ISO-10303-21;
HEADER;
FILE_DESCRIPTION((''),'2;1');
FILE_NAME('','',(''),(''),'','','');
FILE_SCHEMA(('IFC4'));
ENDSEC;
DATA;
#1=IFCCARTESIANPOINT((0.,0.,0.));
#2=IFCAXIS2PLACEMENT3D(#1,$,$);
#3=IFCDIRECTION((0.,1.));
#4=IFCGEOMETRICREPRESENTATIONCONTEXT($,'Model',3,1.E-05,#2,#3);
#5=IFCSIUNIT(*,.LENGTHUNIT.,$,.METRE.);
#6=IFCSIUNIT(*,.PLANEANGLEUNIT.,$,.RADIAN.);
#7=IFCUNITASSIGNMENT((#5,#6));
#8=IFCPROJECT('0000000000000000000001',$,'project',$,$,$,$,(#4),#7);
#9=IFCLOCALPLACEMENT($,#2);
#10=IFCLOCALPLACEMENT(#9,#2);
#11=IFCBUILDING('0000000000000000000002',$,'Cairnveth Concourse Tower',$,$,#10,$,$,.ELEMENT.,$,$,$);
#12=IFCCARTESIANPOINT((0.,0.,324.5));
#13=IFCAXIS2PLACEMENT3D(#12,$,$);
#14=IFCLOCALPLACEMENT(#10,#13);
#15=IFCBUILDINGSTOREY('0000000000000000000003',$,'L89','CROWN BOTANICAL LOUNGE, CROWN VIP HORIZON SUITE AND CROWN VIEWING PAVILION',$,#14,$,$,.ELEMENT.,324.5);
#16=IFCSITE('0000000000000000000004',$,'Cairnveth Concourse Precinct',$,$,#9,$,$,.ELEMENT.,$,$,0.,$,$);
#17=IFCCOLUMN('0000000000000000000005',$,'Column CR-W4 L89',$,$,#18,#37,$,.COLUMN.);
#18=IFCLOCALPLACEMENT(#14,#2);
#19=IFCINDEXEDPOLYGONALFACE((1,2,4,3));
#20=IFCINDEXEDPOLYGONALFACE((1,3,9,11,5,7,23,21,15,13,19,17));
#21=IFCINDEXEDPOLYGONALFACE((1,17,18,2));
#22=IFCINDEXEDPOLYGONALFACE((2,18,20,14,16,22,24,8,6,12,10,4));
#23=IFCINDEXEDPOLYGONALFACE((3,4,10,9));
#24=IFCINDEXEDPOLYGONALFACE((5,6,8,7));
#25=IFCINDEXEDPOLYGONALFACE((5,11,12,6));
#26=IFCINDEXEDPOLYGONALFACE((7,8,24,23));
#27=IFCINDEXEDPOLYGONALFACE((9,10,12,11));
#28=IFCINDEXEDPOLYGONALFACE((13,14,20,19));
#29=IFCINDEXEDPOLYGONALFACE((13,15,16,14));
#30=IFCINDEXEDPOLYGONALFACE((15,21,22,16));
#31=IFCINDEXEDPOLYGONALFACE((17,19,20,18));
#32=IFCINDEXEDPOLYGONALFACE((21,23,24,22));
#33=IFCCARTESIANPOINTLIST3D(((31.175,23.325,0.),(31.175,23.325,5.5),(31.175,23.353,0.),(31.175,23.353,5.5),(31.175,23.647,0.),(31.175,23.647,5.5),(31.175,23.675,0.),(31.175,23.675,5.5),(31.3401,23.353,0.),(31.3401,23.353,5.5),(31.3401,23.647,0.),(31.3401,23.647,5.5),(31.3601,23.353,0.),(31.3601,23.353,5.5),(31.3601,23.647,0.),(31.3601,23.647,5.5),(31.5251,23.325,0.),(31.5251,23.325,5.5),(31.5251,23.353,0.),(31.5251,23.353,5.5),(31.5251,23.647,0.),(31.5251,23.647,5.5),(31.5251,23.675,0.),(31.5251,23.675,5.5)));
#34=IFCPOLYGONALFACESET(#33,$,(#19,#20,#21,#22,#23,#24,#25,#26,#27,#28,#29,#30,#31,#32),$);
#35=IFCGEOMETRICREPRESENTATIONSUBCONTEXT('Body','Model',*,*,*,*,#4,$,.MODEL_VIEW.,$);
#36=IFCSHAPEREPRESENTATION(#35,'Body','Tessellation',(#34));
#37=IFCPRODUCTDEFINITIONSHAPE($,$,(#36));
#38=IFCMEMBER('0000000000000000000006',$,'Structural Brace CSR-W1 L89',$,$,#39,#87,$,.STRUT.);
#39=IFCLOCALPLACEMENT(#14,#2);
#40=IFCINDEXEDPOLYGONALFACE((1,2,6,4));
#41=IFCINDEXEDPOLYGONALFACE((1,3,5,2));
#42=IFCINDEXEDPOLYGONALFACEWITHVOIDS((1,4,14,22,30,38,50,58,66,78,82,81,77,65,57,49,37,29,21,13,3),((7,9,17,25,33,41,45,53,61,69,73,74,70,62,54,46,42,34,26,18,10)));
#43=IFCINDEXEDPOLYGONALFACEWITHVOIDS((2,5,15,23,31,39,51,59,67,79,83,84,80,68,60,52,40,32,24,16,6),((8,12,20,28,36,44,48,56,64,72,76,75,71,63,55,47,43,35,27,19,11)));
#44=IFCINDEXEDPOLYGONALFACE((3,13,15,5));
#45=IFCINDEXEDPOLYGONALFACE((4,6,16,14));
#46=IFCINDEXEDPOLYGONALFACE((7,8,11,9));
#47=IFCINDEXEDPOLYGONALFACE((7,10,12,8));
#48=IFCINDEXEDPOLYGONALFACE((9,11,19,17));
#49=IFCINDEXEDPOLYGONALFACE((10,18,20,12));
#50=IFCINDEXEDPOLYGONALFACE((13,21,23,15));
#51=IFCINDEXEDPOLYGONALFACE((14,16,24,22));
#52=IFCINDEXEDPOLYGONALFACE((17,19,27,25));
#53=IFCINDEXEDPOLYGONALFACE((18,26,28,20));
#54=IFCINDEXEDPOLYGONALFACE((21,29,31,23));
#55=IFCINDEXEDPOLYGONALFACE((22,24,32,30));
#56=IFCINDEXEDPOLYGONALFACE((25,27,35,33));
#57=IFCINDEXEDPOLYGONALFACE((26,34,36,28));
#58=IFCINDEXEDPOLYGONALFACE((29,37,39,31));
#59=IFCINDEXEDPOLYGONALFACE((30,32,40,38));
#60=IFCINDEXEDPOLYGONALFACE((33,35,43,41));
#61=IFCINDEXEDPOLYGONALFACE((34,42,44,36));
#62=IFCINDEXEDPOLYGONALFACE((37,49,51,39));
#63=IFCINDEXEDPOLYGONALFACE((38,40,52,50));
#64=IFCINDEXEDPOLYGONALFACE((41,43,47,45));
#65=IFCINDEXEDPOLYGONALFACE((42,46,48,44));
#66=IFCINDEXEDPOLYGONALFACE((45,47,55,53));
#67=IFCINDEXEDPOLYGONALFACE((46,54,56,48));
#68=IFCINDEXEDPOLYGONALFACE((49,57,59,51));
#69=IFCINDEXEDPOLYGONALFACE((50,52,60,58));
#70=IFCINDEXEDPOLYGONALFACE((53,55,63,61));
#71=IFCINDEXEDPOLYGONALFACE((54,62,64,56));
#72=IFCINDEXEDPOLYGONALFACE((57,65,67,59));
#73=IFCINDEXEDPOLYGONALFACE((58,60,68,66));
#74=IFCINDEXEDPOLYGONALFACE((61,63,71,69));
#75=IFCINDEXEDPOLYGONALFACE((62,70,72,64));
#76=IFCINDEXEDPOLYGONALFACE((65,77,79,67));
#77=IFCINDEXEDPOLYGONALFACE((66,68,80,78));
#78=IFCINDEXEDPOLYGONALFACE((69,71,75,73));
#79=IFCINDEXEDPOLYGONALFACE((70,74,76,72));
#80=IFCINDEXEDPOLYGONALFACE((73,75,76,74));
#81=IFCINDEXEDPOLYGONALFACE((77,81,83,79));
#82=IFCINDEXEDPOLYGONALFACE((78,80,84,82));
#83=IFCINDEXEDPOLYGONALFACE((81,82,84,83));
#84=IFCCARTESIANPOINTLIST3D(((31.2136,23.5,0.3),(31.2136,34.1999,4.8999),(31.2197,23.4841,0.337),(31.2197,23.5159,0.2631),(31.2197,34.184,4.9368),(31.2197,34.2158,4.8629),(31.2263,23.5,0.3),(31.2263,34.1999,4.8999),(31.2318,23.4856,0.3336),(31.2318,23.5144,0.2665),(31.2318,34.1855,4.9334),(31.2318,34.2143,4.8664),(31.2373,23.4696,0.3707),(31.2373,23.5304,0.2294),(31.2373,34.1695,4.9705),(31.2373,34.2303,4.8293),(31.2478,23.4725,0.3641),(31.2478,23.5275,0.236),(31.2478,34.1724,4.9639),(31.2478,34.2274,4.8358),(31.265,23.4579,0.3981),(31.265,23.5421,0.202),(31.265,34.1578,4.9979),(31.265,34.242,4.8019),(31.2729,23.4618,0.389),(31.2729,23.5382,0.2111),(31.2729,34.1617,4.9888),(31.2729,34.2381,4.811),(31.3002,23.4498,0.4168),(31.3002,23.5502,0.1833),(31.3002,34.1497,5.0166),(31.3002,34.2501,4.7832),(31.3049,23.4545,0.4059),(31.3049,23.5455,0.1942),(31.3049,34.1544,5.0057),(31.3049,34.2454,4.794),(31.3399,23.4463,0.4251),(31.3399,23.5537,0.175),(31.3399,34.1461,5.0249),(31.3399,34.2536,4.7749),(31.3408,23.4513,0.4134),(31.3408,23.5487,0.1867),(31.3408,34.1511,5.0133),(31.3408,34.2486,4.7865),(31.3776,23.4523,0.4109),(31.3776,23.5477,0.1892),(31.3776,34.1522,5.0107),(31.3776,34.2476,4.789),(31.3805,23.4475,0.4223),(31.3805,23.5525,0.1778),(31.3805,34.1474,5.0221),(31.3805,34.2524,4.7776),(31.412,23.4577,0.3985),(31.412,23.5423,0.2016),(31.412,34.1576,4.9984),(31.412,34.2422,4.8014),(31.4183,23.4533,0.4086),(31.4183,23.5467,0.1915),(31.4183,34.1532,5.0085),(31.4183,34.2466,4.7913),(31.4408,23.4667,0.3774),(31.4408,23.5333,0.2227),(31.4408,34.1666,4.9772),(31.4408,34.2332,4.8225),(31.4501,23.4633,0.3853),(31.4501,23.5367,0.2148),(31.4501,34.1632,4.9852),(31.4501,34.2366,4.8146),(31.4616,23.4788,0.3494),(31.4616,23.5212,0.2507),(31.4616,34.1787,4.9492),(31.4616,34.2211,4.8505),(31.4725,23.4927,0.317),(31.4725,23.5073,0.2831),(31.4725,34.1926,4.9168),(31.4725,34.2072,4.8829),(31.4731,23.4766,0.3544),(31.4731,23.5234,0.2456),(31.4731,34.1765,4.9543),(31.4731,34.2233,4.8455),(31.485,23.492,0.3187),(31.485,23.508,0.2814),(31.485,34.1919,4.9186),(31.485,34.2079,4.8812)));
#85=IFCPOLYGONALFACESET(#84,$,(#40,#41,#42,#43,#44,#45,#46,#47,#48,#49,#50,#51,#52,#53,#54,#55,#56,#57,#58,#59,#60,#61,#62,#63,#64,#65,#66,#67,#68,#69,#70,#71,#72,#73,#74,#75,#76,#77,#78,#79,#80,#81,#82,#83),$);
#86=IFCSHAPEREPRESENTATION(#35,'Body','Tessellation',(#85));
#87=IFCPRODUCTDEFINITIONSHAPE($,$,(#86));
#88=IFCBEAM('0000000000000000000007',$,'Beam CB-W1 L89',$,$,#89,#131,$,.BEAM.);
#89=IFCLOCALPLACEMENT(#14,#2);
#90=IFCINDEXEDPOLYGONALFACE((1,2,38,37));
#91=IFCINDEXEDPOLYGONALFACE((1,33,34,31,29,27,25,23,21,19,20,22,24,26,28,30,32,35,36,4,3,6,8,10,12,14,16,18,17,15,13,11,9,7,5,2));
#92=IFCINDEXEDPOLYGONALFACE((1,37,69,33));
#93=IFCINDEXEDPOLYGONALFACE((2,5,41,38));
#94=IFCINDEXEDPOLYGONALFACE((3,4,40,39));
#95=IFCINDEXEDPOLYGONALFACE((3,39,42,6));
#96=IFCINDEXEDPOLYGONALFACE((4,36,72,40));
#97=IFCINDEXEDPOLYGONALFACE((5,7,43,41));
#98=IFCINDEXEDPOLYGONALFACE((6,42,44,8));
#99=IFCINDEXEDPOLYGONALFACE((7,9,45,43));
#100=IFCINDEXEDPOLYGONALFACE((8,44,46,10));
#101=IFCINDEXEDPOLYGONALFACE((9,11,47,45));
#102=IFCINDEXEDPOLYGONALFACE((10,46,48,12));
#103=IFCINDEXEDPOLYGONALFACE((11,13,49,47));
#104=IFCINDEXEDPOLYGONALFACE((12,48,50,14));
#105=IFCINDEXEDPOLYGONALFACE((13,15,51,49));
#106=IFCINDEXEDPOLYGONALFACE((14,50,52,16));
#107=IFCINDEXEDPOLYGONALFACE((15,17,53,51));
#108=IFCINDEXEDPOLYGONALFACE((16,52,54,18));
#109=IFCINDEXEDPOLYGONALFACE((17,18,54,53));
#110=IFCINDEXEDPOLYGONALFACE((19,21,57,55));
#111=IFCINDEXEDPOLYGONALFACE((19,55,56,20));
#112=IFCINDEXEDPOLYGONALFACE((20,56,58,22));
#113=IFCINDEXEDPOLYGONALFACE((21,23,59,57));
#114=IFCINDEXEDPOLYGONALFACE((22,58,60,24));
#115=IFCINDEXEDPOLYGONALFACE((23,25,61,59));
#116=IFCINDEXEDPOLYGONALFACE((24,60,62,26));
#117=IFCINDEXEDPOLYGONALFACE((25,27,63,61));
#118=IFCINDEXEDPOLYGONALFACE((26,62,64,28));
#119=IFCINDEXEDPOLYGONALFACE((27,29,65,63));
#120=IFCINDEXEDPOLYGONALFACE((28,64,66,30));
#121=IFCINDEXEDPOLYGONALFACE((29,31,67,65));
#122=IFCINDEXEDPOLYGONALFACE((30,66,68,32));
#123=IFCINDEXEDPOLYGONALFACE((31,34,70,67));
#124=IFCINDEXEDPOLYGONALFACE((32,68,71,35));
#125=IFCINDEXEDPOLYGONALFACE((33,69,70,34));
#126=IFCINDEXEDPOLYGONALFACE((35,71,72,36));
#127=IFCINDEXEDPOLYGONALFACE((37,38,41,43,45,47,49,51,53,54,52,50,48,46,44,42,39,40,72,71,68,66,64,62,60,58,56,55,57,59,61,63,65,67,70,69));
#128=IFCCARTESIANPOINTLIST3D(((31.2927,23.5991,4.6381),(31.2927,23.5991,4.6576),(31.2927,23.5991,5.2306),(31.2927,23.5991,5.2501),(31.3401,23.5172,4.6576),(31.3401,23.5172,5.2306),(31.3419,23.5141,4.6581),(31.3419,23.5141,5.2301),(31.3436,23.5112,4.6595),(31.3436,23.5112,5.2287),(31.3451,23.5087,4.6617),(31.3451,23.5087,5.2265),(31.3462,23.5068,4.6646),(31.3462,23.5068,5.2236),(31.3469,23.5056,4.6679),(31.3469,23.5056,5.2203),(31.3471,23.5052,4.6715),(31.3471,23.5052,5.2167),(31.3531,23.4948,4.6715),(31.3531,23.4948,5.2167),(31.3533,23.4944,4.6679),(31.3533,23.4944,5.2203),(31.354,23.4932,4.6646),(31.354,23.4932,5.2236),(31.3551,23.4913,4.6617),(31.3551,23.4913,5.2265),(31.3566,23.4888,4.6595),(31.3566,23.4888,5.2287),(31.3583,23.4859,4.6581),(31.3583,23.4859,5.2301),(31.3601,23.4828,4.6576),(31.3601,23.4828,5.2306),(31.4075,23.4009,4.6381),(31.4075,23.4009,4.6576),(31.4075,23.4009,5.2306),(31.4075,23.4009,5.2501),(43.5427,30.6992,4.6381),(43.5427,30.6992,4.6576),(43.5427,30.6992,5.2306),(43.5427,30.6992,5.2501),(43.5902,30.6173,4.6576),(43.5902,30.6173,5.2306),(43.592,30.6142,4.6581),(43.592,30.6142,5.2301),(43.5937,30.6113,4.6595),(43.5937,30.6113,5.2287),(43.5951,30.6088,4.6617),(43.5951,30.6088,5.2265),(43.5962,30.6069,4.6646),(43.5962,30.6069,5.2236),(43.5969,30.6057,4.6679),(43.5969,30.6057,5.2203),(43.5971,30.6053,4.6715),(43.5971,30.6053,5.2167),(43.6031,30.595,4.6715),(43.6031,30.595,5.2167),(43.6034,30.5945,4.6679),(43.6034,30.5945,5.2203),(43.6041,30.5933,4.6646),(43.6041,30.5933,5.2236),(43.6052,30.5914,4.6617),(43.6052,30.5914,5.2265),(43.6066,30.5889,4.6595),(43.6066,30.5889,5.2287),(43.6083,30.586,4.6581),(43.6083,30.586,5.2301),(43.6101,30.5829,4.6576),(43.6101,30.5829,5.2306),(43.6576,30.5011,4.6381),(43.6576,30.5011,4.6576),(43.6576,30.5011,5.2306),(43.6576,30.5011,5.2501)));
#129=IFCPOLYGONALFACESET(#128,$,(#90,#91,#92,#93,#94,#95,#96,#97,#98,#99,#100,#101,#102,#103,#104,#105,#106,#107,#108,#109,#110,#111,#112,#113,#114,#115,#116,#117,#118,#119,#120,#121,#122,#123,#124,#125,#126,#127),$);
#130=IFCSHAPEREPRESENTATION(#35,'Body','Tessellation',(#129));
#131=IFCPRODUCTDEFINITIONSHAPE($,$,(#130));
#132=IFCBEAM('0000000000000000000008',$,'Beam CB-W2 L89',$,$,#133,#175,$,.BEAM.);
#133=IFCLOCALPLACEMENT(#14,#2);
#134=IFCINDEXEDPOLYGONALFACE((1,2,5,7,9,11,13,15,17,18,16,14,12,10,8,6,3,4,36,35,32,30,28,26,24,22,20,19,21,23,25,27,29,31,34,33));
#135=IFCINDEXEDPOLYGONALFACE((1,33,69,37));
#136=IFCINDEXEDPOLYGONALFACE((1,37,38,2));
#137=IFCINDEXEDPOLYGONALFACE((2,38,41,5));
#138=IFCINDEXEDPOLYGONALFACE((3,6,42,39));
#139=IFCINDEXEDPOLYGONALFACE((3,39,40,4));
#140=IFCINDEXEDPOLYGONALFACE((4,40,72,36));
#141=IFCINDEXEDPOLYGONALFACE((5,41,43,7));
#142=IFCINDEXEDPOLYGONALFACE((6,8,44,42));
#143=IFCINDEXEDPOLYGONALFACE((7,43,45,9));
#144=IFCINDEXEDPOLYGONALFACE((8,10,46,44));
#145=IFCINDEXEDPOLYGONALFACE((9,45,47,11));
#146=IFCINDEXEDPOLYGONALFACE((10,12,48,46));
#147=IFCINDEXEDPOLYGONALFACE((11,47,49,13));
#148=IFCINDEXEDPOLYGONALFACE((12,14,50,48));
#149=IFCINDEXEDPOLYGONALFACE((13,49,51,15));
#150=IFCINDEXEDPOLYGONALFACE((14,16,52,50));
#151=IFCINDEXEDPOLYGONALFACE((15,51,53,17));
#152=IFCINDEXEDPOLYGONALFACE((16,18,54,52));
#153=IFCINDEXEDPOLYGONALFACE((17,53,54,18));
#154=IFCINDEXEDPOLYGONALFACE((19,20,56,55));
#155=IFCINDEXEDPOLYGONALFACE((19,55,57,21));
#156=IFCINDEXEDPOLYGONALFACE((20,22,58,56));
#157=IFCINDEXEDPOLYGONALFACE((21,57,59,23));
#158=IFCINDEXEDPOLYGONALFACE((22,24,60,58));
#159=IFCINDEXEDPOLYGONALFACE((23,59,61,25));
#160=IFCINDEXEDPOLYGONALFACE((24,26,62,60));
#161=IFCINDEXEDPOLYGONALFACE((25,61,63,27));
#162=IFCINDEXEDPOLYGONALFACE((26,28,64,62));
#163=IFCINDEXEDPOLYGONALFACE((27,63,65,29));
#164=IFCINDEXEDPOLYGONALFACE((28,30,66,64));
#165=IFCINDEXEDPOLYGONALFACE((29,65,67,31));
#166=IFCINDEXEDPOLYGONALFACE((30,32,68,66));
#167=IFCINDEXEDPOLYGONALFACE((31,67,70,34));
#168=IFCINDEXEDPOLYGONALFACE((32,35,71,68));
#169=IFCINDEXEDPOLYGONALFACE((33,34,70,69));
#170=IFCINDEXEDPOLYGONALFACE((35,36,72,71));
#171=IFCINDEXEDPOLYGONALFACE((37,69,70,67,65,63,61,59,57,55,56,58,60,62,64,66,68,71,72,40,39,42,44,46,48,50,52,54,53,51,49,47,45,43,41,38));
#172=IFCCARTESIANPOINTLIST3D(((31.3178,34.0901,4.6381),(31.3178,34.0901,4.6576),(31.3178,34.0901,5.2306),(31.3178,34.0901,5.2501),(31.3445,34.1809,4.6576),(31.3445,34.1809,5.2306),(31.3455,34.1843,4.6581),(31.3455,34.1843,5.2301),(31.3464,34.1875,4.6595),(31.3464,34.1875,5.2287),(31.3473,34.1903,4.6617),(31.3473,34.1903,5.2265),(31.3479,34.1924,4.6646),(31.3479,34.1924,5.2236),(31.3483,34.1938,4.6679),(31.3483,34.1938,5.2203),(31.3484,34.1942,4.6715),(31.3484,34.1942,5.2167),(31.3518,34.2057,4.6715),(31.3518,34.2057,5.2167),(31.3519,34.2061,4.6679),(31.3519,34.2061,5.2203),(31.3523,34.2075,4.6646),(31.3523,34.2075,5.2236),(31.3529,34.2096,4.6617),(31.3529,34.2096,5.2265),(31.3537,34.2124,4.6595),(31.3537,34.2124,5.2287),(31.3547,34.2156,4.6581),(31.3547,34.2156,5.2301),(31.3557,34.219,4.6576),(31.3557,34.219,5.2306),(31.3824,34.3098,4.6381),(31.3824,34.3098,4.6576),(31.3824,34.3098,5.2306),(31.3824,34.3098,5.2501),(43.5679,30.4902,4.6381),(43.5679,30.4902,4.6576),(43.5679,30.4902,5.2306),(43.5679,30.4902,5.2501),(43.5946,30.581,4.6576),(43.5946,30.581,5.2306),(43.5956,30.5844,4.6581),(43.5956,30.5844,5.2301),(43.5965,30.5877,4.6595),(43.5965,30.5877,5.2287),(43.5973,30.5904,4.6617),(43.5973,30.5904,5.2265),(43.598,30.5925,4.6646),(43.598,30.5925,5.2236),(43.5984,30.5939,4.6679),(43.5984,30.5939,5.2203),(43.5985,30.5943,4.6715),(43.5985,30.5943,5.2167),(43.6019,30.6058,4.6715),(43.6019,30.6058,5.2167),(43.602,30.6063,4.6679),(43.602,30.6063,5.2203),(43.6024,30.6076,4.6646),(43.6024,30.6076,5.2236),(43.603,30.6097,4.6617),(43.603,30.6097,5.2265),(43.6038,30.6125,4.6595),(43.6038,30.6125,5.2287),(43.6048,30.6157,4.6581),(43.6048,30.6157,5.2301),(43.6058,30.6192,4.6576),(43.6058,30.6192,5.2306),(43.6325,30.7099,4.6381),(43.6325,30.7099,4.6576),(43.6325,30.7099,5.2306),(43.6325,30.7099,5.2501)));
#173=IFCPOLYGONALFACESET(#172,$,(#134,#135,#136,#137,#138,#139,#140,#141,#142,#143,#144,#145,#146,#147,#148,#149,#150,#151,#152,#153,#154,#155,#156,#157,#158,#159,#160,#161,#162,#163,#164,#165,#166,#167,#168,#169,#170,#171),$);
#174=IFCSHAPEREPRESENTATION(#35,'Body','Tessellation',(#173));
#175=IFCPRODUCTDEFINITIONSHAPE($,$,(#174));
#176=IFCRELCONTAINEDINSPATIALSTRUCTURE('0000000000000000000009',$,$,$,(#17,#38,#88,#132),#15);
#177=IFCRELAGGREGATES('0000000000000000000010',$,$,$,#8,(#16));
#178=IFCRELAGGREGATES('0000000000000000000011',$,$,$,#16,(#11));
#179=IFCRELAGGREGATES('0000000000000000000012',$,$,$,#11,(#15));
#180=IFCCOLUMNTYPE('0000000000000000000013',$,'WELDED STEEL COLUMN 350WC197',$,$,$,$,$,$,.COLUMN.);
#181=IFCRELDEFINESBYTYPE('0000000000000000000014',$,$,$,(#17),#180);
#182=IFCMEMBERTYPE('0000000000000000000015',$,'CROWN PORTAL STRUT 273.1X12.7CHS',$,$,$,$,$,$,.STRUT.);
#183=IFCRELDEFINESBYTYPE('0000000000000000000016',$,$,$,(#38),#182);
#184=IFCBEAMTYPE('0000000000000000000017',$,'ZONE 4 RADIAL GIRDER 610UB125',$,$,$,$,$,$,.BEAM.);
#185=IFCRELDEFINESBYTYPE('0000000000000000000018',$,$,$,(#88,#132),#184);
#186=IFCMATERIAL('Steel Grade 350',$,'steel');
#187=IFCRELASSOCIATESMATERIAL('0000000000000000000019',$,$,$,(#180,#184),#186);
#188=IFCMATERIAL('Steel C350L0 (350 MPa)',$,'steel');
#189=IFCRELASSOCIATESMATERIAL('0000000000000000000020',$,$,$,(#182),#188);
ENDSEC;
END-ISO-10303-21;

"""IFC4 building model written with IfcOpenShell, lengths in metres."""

from ifc_helpers import new_model, si_unit, direction, frame, origin, origin_2d, place, context, subcontext, project, spatial, hollow_circle, i_section, extrude, material, material_profile, profile_set, type_object, element, save


model = new_model("IFC4")

# Units and contexts
model_context = context("Model", 3, precision=1e-05, world=origin(), true_north=direction((0.0, 1.0)))
body_context = subcontext(model_context, "Body", "Model", "MODEL_VIEW")
ifc_project = project(units=[si_unit("LENGTHUNIT", "METRE"), si_unit("PLANEANGLEUNIT", "RADIAN")], contexts=[model_context])

# Site, building, storey
site_placement = place(None, origin())
site = spatial("IfcSite", under=ifc_project, at=site_placement, Name="Cairnveth Concourse Precinct", CompositionType="ELEMENT", RefElevation=0.0)
building_placement = place(site_placement, origin())
building = spatial("IfcBuilding", under=site, at=building_placement, Name="Cairnveth Concourse Tower", CompositionType="ELEMENT")
storey_placement = place(building_placement, frame((0.0, 0.0, 324.5)))
storey = spatial("IfcBuildingStorey", under=building, at=storey_placement, Name="L89", Description="CROWN BOTANICAL LOUNGE, CROWN VIP HORIZON SUITE AND CROWN VIEWING PAVILION", CompositionType="ELEMENT", Elevation=324.5)

# Column
ifc_material_1 = material(Name="Steel Grade 350", Category="steel")
ifc_material_profile_1 = material_profile(ifc_material_1, i_section(OverallWidth=0.3501, OverallDepth=0.3501, WebThickness=0.02, FlangeThickness=0.0281, at=origin_2d()), Name="350WC197")
ifc_profile_set_1 = profile_set([ifc_material_profile_1], Name="Steel Grade 350")
column_type_1 = type_object("IfcColumnType", Name="WELDED STEEL COLUMN 350WC197", PredefinedType="COLUMN", material=ifc_profile_set_1)
for number, where, z_axis, x_axis, name in (
    (1, (31.3501, 23.5, 0.0), (0.0, 0.0, 1.0), (1.0, 0.0, 0.0), "Column CR-W4 L89"),
):
    element("IfcColumn", number, at=place(storey_placement, frame(where, z_axis=z_axis, x_axis=x_axis)), inside=storey, type_object=column_type_1, Name=name, PredefinedType="COLUMN", context=body_context, shape_type="SweptSolid", body=[
        extrude(i_section(OverallWidth=0.3501, OverallDepth=0.3501, WebThickness=0.02, FlangeThickness=0.0281, at=origin_2d()), origin(), (0.0, 0.0, 1.0), 5.5),
    ])

# Member
ifc_material_2 = material(Name="Steel C350L0 (350 MPa)", Category="steel")
ifc_material_profile_2 = material_profile(ifc_material_2, hollow_circle(Radius=0.1365, WallThickness=0.0127, at=origin_2d()), Name="273.1x12.7CHS")
ifc_profile_set_2 = profile_set([ifc_material_profile_2], Name="Steel C350L0 (350 MPa)")
member_type = type_object("IfcMemberType", Name="CROWN PORTAL STRUT 273.1X12.7CHS", PredefinedType="STRUT", material=ifc_profile_set_2)
member_placement = place(storey_placement, frame((31.3501, 23.5, 0.3), z_axis=(0.0, 0.918704, 0.394946), x_axis=(-1.0, 0.0, 0.0)))
element("IfcMember", 2, at=member_placement, inside=storey, type_object=member_type, Name="Structural Brace CSR-W1 L89", PredefinedType="STRUT", context=body_context, shape_type="SweptSolid", body=[
    extrude(hollow_circle(Radius=0.1365, WallThickness=0.0127, at=origin_2d()), origin(), (0.0, 0.0, 1.0), 11.6467),
])

# Beams
ifc_material_profile_3 = material_profile(ifc_material_1, i_section(OverallWidth=0.229, OverallDepth=0.6121, WebThickness=0.012, FlangeThickness=0.0195, FilletRadius=0.0139, at=origin_2d()), Name="610UB125")
ifc_profile_set_3 = profile_set([ifc_material_profile_3], Name="Steel Grade 350")
beam_type_1 = type_object("IfcBeamType", Name="ZONE 4 RADIAL GIRDER 610UB125", PredefinedType="BEAM", material=ifc_profile_set_3)
beam_1_placement = place(storey_placement, frame((31.3501, 23.5, 4.9441), z_axis=(0.865181, 0.501459, 0.0), x_axis=(-0.501459, 0.865181, 0.0)))
element("IfcBeam", 3, at=beam_1_placement, inside=storey, type_object=beam_type_1, Name="Beam CB-W1 L89", PredefinedType="BEAM", context=body_context, shape_type="SweptSolid", body=[
    extrude(i_section(OverallWidth=0.229, OverallDepth=0.6121, WebThickness=0.012, FlangeThickness=0.0195, FilletRadius=0.0139, at=origin_2d()), origin(), (0.0, 0.0, 1.0), 14.1589),
])
beam_2_placement = place(storey_placement, frame((31.3501, 34.2, 4.9441), z_axis=(0.959431, -0.281944, 0.0), x_axis=(0.281944, 0.959431, 0.0)))
element("IfcBeam", 4, at=beam_2_placement, inside=storey, type_object=beam_type_1, Name="Beam CB-W2 L89", PredefinedType="BEAM", context=body_context, shape_type="SweptSolid", body=[
    extrude(i_section(OverallWidth=0.229, OverallDepth=0.6121, WebThickness=0.012, FlangeThickness=0.0195, FilletRadius=0.0139, at=origin_2d()), origin(), (0.0, 0.0, 1.0), 12.7681),
])

save(model, "model.ifc")
